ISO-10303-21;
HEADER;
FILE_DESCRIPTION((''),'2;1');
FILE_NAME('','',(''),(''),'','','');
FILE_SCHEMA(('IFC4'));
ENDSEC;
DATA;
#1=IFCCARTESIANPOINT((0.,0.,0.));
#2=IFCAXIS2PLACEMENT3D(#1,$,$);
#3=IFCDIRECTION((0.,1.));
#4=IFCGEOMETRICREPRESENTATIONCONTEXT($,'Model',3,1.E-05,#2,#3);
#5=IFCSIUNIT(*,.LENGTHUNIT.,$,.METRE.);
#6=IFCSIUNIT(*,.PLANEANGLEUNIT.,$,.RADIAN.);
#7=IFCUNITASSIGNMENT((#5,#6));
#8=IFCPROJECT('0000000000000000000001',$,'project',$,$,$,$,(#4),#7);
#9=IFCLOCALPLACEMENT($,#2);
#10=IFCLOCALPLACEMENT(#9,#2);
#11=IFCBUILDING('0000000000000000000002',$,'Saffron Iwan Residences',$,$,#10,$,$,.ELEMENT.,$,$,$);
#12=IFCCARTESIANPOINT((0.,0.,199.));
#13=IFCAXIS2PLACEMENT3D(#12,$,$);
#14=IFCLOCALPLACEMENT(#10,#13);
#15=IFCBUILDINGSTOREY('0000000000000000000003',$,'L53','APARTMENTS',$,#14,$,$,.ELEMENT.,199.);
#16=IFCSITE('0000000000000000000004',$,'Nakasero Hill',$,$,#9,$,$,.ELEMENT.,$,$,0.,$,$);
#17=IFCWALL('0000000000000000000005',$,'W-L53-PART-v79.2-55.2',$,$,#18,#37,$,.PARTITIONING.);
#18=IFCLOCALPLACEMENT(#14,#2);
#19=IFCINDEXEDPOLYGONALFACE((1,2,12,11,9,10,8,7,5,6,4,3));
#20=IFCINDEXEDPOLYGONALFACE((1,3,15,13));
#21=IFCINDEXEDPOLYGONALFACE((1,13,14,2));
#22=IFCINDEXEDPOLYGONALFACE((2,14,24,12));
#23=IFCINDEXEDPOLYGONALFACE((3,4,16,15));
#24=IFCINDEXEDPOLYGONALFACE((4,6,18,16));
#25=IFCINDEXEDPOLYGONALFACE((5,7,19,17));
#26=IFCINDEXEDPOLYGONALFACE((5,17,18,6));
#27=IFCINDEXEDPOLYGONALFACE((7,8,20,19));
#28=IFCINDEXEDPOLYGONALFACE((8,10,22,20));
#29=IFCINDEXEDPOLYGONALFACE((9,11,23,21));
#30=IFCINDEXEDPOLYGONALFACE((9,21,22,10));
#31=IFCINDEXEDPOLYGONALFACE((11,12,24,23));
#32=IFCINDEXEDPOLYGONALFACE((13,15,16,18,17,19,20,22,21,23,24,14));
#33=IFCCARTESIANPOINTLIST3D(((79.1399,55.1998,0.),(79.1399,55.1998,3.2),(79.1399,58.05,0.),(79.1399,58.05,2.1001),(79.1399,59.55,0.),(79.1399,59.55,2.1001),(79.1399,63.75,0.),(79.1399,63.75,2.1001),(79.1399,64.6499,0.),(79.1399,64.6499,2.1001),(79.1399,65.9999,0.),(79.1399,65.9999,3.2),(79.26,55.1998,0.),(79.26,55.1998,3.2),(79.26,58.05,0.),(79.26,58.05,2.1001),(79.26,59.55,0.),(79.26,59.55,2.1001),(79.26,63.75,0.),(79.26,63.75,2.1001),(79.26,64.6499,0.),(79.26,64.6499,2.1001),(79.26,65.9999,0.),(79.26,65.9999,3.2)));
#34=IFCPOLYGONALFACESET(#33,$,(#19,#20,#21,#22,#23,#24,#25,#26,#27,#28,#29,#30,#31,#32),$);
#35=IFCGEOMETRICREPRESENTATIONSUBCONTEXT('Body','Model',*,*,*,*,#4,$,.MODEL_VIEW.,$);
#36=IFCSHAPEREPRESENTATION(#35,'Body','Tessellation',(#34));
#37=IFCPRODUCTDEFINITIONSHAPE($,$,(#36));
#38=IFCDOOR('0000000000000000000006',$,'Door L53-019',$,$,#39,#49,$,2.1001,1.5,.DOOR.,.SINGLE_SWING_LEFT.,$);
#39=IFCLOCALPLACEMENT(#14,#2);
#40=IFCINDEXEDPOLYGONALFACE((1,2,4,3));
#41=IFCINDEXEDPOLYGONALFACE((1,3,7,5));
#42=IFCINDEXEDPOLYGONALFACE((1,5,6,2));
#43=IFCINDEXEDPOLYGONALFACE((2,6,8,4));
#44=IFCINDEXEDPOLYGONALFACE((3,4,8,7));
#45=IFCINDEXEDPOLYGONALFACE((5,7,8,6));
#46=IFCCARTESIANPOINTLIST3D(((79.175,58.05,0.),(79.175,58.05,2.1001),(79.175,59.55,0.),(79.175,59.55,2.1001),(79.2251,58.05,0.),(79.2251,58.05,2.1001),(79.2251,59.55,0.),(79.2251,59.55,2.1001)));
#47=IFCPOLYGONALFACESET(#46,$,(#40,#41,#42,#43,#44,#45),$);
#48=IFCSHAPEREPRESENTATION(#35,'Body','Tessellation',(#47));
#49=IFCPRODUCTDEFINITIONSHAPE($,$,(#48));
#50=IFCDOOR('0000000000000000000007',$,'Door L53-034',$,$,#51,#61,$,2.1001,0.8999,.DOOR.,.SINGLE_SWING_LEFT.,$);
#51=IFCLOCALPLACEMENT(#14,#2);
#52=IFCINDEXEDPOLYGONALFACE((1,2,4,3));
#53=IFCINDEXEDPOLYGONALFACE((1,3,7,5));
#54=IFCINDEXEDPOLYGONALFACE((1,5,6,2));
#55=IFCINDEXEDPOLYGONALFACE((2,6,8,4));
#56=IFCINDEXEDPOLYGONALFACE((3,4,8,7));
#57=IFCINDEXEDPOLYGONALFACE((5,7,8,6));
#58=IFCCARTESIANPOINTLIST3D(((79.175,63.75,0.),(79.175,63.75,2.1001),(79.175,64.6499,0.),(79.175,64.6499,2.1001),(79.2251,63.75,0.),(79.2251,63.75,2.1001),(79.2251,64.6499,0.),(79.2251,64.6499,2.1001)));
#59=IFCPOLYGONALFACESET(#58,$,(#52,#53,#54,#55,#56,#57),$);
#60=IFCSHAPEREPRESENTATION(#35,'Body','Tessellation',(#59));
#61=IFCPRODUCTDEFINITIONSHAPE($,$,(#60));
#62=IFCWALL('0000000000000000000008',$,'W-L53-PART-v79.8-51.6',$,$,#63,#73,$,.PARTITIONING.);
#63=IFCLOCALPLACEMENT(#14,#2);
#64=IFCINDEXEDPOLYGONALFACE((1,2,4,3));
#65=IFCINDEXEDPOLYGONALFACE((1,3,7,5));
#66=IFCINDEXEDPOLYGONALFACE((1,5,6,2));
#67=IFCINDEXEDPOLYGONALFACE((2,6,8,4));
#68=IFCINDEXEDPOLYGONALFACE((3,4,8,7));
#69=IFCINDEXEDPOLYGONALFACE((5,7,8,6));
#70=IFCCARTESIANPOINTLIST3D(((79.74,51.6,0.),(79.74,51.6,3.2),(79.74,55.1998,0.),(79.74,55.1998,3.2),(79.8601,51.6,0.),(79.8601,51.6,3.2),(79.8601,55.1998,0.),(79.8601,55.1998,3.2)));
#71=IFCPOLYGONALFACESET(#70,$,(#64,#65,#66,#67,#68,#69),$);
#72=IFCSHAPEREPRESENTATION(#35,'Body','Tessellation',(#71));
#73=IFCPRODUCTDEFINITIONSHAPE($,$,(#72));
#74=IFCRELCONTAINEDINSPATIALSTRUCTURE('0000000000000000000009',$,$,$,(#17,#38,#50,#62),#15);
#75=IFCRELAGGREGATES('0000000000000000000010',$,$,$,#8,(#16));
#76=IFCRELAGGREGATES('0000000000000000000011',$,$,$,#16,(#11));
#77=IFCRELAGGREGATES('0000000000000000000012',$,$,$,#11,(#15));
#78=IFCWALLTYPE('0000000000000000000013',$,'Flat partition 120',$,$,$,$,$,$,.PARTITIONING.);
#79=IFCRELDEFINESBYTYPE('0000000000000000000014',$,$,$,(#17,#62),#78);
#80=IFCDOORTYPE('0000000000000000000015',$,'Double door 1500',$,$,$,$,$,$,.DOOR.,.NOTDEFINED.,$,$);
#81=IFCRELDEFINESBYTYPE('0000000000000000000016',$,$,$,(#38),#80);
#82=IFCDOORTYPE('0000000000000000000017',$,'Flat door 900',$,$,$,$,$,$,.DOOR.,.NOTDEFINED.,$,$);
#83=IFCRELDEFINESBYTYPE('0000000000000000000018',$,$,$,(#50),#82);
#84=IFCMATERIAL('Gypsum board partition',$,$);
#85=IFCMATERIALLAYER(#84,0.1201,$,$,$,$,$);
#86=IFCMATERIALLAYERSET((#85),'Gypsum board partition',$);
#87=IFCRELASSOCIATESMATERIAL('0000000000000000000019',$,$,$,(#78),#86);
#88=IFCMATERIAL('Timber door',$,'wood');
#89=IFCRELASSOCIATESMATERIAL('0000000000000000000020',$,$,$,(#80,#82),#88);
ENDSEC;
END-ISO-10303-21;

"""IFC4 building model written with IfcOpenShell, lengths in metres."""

from ifc_helpers import new_model, si_unit, direction, frame, frame_2d, origin, place, context, subcontext, project, spatial, rectangle, extrude, material, layer, layer_set, type_object, element, fill, save


model = new_model("IFC4")

# Units and contexts
model_context = context("Model", 3, precision=1e-05, world=origin(), true_north=direction((0.0, 1.0)))
body_context = subcontext(model_context, "Body", "Model", "MODEL_VIEW")
ifc_project = project(units=[si_unit("LENGTHUNIT", "METRE"), si_unit("PLANEANGLEUNIT", "RADIAN")], contexts=[model_context])

# Site, building, storey
site_placement = place(None, origin())
site = spatial("IfcSite", under=ifc_project, at=site_placement, Name="Nakasero Hill", CompositionType="ELEMENT", RefElevation=0.0)
building_placement = place(site_placement, origin())
building = spatial("IfcBuilding", under=site, at=building_placement, Name="Saffron Iwan Residences", CompositionType="ELEMENT")
storey_placement = place(building_placement, frame((0.0, 0.0, 199.0)))
storey = spatial("IfcBuildingStorey", under=building, at=storey_placement, Name="L53", Description="APARTMENTS", CompositionType="ELEMENT", Elevation=199.0)

# Shared definitions
ifc_material_1 = material(Name="Gypsum board partition")
ifc_layer_1 = layer(ifc_material_1, 0.1201)
ifc_layer_set_1 = layer_set([ifc_layer_1], Name="Gypsum board partition")
wall_type_1 = type_object("IfcWallType", Name="Flat partition 120", PredefinedType="PARTITIONING", material=ifc_layer_set_1)
ifc_material_2 = material(Name="Timber door", Category="wood")

# Wall, openings, doors
wall_1_placement = place(storey_placement, frame((79.2, 55.2, 0.0), z_axis=(0.0, 0.0, 1.0), x_axis=(0.0, 1.0, 0.0)))
wall_1 = element("IfcWall", 1, at=wall_1_placement, inside=storey, type_object=wall_type_1, Name="W-L53-PART-v79.2-55.2", PredefinedType="PARTITIONING", context=body_context, shape_type="SweptSolid", body=[
    extrude(rectangle(XDim=10.8, YDim=0.1201, at=frame_2d((5.3999, 0.0))), origin(), (0.0, 0.0, 1.0), 3.2),
])
opening_1_placement = place(wall_1_placement, frame((2.8501, 0.0, 0.0)))
opening_1 = element("IfcOpeningElement", 2, at=opening_1_placement, cuts=wall_1, PredefinedType="OPENING", context=body_context, shape_type="SweptSolid", body=[
    extrude(rectangle(XDim=1.5, YDim=2.1001, at=frame_2d((0.75, 1.05))), frame((0.0, 0.0701, 0.0), z_axis=(0.0, -1.0, 0.0), x_axis=(1.0, 0.0, 0.0)), (0.0, 0.0, 1.0), 0.1401),
])
opening_2_placement = place(wall_1_placement, frame((8.55, 0.0, 0.0)))
opening_2 = element("IfcOpeningElement", 3, at=opening_2_placement, cuts=wall_1, PredefinedType="OPENING", context=body_context, shape_type="SweptSolid", body=[
    extrude(rectangle(XDim=0.8999, YDim=2.1001, at=frame_2d((0.45, 1.05))), frame((0.0, 0.0701, 0.0), z_axis=(0.0, -1.0, 0.0), x_axis=(1.0, 0.0, 0.0)), (0.0, 0.0, 1.0), 0.1401),
])
door_type_1 = type_object("IfcDoorType", Name="Double door 1500", OperationType="NOTDEFINED", PredefinedType="DOOR", material=ifc_material_2)
door_1_placement = place(opening_1_placement, origin())
door_1 = element("IfcDoor", 4, at=door_1_placement, inside=storey, type_object=door_type_1, Name="Door L53-019", OperationType="SINGLE_SWING_LEFT", OverallHeight=2.1001, OverallWidth=1.5, PredefinedType="DOOR", context=body_context, shape_type="SweptSolid", body=[
    extrude(rectangle(XDim=1.5, YDim=2.1001, at=frame_2d((0.75, 1.05))), frame((0.0, 0.0249, 0.0), z_axis=(0.0, -1.0, 0.0), x_axis=(1.0, 0.0, 0.0)), (0.0, 0.0, 1.0), 0.05),
])
fill(opening_1, door_1)
door_type_2 = type_object("IfcDoorType", Name="Flat door 900", OperationType="NOTDEFINED", PredefinedType="DOOR", material=ifc_material_2)
door_2_placement = place(opening_2_placement, origin())
door_2 = element("IfcDoor", 5, at=door_2_placement, inside=storey, type_object=door_type_2, Name="Door L53-034", OperationType="SINGLE_SWING_LEFT", OverallHeight=2.1001, OverallWidth=0.8999, PredefinedType="DOOR", context=body_context, shape_type="SweptSolid", body=[
    extrude(rectangle(XDim=0.8999, YDim=2.1001, at=frame_2d((0.45, 1.05))), frame((0.0, 0.0249, 0.0), z_axis=(0.0, -1.0, 0.0), x_axis=(1.0, 0.0, 0.0)), (0.0, 0.0, 1.0), 0.05),
])
fill(opening_2, door_2)

# Wall
wall_2_placement = place(storey_placement, frame((79.8, 51.6001, 0.0), z_axis=(0.0, 0.0, 1.0), x_axis=(0.0, 1.0, 0.0)))
element("IfcWall", 6, at=wall_2_placement, inside=storey, type_object=wall_type_1, Name="W-L53-PART-v79.8-51.6", PredefinedType="PARTITIONING", context=body_context, shape_type="SweptSolid", body=[
    extrude(rectangle(XDim=3.5999, YDim=0.1201, at=frame_2d((1.7998, 0.0))), origin(), (0.0, 0.0, 1.0), 3.2),
])

save(model, "model.ifc")
